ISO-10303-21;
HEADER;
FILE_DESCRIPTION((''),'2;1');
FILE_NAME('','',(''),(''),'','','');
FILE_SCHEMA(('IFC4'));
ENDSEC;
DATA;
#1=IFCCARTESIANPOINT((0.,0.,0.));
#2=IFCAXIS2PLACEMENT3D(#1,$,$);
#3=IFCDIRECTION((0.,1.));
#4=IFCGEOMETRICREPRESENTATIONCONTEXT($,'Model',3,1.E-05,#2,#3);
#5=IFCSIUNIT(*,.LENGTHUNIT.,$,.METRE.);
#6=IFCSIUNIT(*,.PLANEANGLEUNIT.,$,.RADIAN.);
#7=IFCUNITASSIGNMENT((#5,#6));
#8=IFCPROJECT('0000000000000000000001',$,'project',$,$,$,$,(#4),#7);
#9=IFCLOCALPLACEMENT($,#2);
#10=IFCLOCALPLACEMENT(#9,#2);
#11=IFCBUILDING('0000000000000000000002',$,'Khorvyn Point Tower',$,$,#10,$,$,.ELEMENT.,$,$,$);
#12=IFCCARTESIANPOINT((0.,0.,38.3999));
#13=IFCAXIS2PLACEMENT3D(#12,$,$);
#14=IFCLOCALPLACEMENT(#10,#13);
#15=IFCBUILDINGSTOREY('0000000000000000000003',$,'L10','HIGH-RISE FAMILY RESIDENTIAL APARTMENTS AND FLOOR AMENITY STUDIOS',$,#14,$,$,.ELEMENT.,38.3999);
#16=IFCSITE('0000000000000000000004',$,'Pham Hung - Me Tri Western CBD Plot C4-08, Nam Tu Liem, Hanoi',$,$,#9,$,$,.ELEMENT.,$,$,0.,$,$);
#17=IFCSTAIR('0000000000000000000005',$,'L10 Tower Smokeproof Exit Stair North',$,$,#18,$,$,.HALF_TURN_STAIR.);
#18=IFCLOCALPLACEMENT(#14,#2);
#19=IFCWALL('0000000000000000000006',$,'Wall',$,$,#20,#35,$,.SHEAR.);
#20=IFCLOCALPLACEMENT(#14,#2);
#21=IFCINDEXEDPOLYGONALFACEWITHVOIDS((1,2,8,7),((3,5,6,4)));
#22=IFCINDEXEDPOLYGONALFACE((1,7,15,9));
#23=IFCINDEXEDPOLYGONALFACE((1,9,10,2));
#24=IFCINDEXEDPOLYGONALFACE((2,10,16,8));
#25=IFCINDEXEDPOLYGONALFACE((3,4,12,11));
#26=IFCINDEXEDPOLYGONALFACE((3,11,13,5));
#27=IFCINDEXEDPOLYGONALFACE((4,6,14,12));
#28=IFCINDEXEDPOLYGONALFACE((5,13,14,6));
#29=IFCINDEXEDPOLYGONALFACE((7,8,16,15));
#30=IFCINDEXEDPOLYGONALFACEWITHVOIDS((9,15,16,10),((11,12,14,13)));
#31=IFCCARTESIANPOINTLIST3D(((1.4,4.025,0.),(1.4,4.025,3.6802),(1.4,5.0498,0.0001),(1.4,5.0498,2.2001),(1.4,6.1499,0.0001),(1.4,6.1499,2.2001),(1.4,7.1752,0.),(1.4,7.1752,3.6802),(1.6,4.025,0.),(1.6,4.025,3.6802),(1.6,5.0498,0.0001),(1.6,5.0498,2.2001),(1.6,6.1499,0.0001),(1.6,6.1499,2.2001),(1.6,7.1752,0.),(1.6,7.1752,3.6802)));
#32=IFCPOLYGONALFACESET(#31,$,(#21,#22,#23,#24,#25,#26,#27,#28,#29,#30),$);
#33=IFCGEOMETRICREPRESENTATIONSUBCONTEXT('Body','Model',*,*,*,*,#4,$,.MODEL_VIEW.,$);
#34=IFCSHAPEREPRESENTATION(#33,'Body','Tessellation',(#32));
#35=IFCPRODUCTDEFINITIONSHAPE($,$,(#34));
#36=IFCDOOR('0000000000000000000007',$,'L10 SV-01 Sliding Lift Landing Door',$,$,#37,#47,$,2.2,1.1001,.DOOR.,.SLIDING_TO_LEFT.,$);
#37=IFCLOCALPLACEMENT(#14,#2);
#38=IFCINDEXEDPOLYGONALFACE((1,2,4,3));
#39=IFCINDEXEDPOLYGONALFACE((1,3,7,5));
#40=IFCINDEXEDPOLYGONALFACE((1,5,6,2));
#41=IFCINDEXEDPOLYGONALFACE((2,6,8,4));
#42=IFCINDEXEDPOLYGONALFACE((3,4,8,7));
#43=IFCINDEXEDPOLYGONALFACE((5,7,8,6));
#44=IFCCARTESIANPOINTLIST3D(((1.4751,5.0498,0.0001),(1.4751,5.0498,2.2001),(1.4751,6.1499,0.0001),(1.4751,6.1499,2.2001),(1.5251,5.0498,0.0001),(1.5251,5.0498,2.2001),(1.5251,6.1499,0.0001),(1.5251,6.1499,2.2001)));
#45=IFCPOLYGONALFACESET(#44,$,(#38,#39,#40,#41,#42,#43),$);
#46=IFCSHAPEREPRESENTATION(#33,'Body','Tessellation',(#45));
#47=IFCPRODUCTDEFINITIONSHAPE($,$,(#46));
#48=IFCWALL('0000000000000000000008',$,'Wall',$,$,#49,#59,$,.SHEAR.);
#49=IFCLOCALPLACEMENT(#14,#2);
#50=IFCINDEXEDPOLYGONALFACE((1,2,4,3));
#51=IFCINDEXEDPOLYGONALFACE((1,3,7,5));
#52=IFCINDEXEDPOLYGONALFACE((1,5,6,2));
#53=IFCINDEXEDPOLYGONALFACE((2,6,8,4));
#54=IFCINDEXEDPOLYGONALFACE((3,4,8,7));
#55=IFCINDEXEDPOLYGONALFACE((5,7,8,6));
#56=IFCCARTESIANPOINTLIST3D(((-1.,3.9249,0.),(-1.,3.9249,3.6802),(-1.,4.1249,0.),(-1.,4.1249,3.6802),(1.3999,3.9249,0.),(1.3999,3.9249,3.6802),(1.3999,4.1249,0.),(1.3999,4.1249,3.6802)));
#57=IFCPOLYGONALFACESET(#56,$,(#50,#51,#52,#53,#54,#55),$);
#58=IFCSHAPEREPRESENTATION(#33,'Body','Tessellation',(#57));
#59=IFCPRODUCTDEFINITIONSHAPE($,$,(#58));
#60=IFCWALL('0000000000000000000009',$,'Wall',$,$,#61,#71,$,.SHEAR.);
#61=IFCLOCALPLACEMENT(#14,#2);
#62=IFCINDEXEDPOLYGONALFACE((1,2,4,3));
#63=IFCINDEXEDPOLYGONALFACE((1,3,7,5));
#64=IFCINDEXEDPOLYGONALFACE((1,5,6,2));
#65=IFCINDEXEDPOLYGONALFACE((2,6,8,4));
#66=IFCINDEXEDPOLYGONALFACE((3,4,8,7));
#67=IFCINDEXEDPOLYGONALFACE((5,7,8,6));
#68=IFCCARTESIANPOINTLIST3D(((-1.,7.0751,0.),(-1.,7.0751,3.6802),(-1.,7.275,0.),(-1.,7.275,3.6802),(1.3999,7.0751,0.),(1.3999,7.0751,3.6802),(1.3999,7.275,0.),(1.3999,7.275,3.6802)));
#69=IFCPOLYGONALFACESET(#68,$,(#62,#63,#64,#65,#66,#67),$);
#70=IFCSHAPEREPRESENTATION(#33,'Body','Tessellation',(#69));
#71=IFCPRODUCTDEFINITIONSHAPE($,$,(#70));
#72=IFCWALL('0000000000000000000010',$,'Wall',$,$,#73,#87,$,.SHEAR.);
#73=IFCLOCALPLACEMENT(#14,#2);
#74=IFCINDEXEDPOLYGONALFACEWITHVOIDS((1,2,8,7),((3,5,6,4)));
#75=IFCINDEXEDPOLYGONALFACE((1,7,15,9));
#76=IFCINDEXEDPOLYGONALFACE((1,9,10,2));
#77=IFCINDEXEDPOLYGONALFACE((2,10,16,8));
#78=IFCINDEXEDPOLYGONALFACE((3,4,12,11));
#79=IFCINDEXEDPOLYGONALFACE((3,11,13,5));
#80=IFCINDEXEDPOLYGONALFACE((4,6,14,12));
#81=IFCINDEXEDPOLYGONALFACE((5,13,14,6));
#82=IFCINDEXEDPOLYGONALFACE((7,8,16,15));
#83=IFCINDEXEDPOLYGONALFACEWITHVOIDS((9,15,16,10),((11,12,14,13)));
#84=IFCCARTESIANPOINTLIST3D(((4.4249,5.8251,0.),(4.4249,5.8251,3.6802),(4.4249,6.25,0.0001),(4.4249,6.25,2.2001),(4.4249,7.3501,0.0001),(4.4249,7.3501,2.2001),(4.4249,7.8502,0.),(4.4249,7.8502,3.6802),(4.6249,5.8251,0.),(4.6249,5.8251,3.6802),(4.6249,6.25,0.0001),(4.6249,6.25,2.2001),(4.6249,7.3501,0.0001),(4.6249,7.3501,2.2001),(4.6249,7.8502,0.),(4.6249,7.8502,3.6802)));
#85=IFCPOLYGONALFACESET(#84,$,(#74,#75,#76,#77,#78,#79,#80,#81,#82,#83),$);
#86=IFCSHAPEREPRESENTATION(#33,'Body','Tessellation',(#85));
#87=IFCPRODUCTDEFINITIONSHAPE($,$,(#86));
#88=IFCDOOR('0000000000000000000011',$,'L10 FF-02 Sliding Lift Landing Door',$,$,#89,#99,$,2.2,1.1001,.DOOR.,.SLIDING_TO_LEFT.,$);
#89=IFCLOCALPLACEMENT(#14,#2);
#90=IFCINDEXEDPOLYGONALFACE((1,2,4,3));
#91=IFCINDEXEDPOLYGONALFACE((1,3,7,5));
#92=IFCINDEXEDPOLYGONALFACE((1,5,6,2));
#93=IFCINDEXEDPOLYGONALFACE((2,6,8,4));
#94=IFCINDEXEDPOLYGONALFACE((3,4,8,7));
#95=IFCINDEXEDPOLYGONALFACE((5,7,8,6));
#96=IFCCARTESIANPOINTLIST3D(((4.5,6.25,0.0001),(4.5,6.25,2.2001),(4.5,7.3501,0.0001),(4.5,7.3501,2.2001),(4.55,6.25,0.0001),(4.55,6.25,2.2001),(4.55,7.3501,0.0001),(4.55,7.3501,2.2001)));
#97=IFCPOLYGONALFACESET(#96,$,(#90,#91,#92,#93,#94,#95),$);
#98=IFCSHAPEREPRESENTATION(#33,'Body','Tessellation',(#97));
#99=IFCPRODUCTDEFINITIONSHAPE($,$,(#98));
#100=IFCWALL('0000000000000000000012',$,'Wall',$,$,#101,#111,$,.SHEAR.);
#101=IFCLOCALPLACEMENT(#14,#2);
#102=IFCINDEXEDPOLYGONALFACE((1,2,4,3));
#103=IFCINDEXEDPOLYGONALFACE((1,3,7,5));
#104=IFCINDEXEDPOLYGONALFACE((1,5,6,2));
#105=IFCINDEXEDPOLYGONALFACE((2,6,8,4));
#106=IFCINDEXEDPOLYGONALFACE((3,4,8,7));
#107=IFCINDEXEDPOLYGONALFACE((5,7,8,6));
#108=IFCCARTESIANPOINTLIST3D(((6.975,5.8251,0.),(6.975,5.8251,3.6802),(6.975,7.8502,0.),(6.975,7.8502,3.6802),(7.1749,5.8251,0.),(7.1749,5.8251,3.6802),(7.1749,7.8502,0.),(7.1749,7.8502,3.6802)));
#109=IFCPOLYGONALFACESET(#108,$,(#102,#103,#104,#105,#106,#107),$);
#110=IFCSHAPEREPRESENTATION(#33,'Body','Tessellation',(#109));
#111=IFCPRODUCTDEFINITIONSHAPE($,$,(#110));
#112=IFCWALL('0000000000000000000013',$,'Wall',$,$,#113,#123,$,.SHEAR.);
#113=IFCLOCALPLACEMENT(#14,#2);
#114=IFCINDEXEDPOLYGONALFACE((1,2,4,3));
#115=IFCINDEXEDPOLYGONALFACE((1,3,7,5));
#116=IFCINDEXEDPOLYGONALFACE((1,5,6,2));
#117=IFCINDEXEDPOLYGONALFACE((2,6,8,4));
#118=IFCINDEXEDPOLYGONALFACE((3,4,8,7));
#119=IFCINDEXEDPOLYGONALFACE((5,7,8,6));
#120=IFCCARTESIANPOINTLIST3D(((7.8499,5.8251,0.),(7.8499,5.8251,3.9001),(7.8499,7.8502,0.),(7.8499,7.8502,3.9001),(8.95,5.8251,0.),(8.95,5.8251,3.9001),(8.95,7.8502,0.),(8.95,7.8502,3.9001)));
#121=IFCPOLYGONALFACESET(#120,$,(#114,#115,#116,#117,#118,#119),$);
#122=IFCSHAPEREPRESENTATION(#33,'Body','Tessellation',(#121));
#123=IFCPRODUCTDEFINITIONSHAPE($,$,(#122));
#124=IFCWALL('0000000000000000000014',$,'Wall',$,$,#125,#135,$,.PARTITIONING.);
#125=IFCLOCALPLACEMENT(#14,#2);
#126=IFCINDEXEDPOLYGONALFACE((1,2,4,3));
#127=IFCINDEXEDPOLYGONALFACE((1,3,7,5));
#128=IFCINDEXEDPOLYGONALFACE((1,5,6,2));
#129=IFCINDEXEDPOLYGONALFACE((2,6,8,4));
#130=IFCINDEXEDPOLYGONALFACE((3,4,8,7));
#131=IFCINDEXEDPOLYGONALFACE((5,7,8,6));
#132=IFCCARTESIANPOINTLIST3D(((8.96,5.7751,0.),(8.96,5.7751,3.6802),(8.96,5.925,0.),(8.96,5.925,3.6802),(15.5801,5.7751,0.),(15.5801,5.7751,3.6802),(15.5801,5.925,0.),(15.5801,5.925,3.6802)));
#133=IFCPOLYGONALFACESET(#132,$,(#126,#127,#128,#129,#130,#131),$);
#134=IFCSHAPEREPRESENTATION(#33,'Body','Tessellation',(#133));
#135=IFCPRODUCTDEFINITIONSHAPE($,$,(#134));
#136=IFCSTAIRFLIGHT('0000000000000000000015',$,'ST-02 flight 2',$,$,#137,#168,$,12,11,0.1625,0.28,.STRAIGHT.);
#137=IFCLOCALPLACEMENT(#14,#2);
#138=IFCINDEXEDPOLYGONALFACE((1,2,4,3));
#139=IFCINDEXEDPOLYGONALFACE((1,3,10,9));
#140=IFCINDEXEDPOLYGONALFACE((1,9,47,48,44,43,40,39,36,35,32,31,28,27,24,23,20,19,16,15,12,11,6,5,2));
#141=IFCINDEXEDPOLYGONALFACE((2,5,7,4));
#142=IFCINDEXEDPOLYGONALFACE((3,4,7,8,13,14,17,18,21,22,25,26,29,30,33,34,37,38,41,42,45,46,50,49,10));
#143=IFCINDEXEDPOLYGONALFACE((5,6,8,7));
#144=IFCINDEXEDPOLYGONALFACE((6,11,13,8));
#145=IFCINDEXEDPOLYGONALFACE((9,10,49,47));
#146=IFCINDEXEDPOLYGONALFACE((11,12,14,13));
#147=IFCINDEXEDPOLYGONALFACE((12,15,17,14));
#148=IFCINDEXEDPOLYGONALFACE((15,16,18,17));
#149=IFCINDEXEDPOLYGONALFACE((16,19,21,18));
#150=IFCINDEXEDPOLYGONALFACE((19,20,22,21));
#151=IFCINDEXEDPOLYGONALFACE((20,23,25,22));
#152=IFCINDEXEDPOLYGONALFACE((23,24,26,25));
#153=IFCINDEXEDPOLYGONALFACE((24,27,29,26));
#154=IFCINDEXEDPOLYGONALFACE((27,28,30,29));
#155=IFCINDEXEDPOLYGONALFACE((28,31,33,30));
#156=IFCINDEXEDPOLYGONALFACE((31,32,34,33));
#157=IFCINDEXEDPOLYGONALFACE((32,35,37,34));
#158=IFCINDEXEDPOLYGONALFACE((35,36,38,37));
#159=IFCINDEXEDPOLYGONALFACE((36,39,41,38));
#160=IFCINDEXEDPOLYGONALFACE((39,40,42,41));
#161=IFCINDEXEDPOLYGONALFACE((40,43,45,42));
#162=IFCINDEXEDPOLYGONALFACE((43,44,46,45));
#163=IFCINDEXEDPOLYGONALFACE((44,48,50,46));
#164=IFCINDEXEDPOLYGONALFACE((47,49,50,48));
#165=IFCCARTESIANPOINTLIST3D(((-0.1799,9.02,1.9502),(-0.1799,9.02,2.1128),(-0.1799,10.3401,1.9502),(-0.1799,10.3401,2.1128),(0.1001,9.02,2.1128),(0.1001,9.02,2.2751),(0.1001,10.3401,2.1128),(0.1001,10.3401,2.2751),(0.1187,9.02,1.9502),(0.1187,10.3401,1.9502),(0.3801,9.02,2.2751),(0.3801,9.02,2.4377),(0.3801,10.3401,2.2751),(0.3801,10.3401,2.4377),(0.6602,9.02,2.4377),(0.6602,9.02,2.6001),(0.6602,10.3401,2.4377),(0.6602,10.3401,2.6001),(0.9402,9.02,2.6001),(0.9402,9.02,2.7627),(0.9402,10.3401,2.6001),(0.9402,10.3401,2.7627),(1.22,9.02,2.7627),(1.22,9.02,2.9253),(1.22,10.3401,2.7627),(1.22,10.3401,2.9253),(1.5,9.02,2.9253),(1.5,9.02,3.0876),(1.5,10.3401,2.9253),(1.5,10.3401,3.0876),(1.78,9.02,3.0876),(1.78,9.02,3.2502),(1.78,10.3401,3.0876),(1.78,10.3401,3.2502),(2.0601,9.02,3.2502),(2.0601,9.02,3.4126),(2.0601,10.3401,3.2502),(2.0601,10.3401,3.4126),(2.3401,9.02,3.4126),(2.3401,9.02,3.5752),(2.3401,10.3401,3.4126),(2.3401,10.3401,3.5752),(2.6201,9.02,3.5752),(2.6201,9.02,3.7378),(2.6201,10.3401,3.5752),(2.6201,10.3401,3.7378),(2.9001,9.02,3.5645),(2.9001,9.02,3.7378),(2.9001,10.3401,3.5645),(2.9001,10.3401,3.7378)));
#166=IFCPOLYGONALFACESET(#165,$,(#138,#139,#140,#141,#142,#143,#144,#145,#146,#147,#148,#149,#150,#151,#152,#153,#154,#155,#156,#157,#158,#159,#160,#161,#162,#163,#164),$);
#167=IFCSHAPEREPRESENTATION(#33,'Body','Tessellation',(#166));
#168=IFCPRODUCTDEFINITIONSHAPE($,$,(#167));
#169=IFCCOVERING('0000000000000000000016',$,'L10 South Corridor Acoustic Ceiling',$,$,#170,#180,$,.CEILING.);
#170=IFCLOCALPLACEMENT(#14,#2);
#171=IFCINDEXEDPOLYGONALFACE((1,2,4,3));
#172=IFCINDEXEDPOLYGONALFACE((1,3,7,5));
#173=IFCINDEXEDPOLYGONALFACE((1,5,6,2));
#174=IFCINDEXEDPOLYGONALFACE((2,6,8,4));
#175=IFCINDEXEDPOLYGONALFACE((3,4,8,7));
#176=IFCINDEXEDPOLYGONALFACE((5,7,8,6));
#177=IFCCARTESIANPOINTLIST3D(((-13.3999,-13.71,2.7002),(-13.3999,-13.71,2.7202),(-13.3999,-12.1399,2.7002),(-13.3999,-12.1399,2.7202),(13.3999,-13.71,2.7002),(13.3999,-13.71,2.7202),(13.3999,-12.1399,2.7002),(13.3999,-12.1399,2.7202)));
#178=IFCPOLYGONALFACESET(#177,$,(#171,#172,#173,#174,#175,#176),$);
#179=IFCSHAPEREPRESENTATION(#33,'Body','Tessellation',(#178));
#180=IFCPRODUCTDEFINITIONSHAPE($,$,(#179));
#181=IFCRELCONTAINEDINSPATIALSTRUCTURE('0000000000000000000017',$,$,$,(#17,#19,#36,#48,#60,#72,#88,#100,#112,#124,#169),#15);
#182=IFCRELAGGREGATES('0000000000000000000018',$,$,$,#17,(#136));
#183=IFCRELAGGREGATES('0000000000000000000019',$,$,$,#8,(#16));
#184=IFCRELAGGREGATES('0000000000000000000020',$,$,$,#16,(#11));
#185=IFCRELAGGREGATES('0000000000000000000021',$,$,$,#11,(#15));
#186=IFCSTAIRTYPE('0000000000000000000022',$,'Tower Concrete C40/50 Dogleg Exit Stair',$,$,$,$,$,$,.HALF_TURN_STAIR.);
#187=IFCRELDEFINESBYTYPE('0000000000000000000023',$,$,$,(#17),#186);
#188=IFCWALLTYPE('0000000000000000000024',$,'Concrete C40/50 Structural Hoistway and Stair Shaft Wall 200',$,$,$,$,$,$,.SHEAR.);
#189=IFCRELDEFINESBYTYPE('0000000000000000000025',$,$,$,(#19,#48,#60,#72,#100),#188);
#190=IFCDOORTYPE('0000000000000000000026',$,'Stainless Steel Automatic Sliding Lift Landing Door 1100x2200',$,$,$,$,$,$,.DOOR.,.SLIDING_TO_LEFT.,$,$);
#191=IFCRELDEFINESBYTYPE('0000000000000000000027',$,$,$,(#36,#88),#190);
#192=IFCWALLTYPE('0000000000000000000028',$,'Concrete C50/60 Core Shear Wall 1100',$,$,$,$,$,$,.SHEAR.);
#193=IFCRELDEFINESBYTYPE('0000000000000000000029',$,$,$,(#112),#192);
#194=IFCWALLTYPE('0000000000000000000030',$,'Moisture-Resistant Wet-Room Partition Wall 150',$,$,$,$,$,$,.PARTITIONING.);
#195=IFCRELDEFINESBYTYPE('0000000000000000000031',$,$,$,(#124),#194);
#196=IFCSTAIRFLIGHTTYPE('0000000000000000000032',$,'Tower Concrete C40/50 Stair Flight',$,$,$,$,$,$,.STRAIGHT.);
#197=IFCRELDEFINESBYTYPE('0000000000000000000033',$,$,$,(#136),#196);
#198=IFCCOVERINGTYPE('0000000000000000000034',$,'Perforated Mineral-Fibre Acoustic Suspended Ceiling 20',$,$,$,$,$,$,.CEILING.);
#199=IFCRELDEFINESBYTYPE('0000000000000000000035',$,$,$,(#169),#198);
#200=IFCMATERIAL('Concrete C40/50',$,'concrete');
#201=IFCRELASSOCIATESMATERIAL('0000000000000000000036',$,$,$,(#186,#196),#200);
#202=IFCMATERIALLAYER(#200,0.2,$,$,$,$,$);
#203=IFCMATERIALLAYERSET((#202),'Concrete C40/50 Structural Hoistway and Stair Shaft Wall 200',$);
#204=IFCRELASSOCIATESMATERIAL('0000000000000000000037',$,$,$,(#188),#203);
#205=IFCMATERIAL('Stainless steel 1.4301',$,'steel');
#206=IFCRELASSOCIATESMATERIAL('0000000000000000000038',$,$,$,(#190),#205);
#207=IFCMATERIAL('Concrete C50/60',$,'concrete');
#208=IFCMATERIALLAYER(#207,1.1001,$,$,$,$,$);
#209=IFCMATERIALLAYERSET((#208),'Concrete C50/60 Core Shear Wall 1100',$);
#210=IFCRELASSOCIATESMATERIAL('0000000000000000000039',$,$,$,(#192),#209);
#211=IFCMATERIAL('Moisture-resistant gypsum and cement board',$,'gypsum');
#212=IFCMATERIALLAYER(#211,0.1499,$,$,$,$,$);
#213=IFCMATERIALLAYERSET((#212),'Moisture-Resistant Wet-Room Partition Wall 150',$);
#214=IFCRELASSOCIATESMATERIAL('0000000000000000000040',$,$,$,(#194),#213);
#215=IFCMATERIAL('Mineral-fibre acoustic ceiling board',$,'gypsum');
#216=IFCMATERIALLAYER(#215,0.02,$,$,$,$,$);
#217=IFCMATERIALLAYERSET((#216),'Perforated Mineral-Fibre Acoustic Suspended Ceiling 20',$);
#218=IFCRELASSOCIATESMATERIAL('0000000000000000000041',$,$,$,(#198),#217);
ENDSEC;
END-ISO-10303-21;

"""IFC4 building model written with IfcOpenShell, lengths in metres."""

from ifc_helpers import new_model, si_unit, direction, frame, frame_2d, origin, place, context, subcontext, project, spatial, polyline, rectangle, outline, extrude, material, layer, layer_set, type_object, element, fill, aggregate, save


model = new_model("IFC4")

# Units and contexts
model_context = context("Model", 3, precision=1e-05, world=origin(), true_north=direction((0.0, 1.0)))
body_context = subcontext(model_context, "Body", "Model", "MODEL_VIEW")
ifc_project = project(units=[si_unit("LENGTHUNIT", "METRE"), si_unit("PLANEANGLEUNIT", "RADIAN")], contexts=[model_context])

# Site, building, storey
site_placement = place(None, origin())
site = spatial("IfcSite", under=ifc_project, at=site_placement, Name="Pham Hung - Me Tri Western CBD Plot C4-08, Nam Tu Liem, Hanoi", CompositionType="ELEMENT", RefElevation=0.0)
building_placement = place(site_placement, origin())
building = spatial("IfcBuilding", under=site, at=building_placement, Name="Khorvyn Point Tower", CompositionType="ELEMENT")
storey_placement = place(building_placement, frame((0.0, 0.0, 38.3999)))
storey = spatial("IfcBuildingStorey", under=building, at=storey_placement, Name="L10", Description="HIGH-RISE FAMILY RESIDENTIAL APARTMENTS AND FLOOR AMENITY STUDIOS", CompositionType="ELEMENT", Elevation=38.3999)

# Shared definitions
ifc_material_1 = material(Name="Concrete C40/50", Category="concrete")

# Stair
stair_type = type_object("IfcStairType", Name="Tower Concrete C40/50 Dogleg Exit Stair", PredefinedType="HALF_TURN_STAIR", material=ifc_material_1)
stair_1_placement = place(storey_placement, origin())
stair_1 = element("IfcStair", 1, at=stair_1_placement, inside=storey, type_object=stair_type, Name="L10 Tower Smokeproof Exit Stair North", PredefinedType="HALF_TURN_STAIR")

# Shared definitions
ifc_layer_1 = layer(ifc_material_1, 0.2)
ifc_layer_set_1 = layer_set([ifc_layer_1], Name="Concrete C40/50 Structural Hoistway and Stair Shaft Wall 200")
wall_type_1 = type_object("IfcWallType", Name="Concrete C40/50 Structural Hoistway and Stair Shaft Wall 200", PredefinedType="SHEAR", material=ifc_layer_set_1)

# Wall, opening, door
wall_1_placement = place(storey_placement, frame((1.5, 4.0249, 0.0), z_axis=(0.0, 0.0, 1.0), x_axis=(0.0, 1.0, 0.0)))
wall_1 = element("IfcWall", 2, at=wall_1_placement, inside=storey, type_object=wall_type_1, Name="Wall", PredefinedType="SHEAR", context=body_context, shape_type="SweptSolid", body=[
    extrude(rectangle(XDim=3.1501, YDim=0.2, at=frame_2d((1.5752, 0.0))), origin(), (0.0, 0.0, 1.0), 3.6802),
])
opening_1_placement = place(wall_1_placement, frame((1.0249, 0.0, 0.0)))
opening_1 = element("IfcOpeningElement", 3, at=opening_1_placement, cuts=wall_1, PredefinedType="OPENING", context=body_context, shape_type="SweptSolid", body=[
    extrude(rectangle(XDim=1.1001, YDim=2.2, at=frame_2d((0.55, 1.1001))), frame((0.0, 0.1099, 0.0), z_axis=(0.0, -1.0, 0.0), x_axis=(1.0, 0.0, 0.0)), (0.0, 0.0, 1.0), 0.22),
])
ifc_material_2 = material(Name="Stainless steel 1.4301", Category="steel")
door_type_1 = type_object("IfcDoorType", Name="Stainless Steel Automatic Sliding Lift Landing Door 1100x2200", OperationType="SLIDING_TO_LEFT", PredefinedType="DOOR", material=ifc_material_2)
door_1_placement = place(opening_1_placement, origin())
door_1 = element("IfcDoor", 4, at=door_1_placement, inside=storey, type_object=door_type_1, Name="L10 SV-01 Sliding Lift Landing Door", OperationType="SLIDING_TO_LEFT", OverallHeight=2.2, OverallWidth=1.1001, PredefinedType="DOOR", context=body_context, shape_type="SweptSolid", body=[
    extrude(rectangle(XDim=1.1001, YDim=2.2, at=frame_2d((0.55, 1.1001))), frame((0.0, 0.0249, 0.0), z_axis=(0.0, -1.0, 0.0), x_axis=(1.0, 0.0, 0.0)), (0.0, 0.0, 1.0), 0.05),
])
fill(opening_1, door_1)

# Walls
for number, where, z_axis, x_axis, name in (
    (5, (-1.0, 4.0249, 0.0), (0.0, 0.0, 1.0), (1.0, 0.0, 0.0), "Wall"),
    (6, (-1.0, 7.175, 0.0), (0.0, 0.0, 1.0), (1.0, 0.0, 0.0), "Wall"),
):
    element("IfcWall", number, at=place(storey_placement, frame(where, z_axis=z_axis, x_axis=x_axis)), inside=storey, type_object=wall_type_1, Name=name, PredefinedType="SHEAR", context=body_context, shape_type="SweptSolid", body=[
        extrude(rectangle(XDim=2.3999, YDim=0.2, at=frame_2d((1.2, 0.0))), origin(), (0.0, 0.0, 1.0), 3.6802),
    ])

# Wall, opening, door
wall_2_placement = place(storey_placement, frame((4.5249, 5.825, 0.0), z_axis=(0.0, 0.0, 1.0), x_axis=(0.0, 1.0, 0.0)))
wall_2 = element("IfcWall", 7, at=wall_2_placement, inside=storey, type_object=wall_type_1, Name="Wall", PredefinedType="SHEAR", context=body_context, shape_type="SweptSolid", body=[
    extrude(rectangle(XDim=2.0251, YDim=0.2, at=frame_2d((1.0127, 0.0))), origin(), (0.0, 0.0, 1.0), 3.6802),
])
opening_2_placement = place(wall_2_placement, frame((0.425, 0.0, 0.0)))
opening_2 = element("IfcOpeningElement", 8, at=opening_2_placement, cuts=wall_2, PredefinedType="OPENING", context=body_context, shape_type="SweptSolid", body=[
    extrude(rectangle(XDim=1.1001, YDim=2.2, at=frame_2d((0.55, 1.1001))), frame((0.0, 0.1099, 0.0), z_axis=(0.0, -1.0, 0.0), x_axis=(1.0, 0.0, 0.0)), (0.0, 0.0, 1.0), 0.22),
])
door_2_placement = place(opening_2_placement, origin())
door_2 = element("IfcDoor", 9, at=door_2_placement, inside=storey, type_object=door_type_1, Name="L10 FF-02 Sliding Lift Landing Door", OperationType="SLIDING_TO_LEFT", OverallHeight=2.2, OverallWidth=1.1001, PredefinedType="DOOR", context=body_context, shape_type="SweptSolid", body=[
    extrude(rectangle(XDim=1.1001, YDim=2.2, at=frame_2d((0.55, 1.1001))), frame((0.0, 0.0249, 0.0), z_axis=(0.0, -1.0, 0.0), x_axis=(1.0, 0.0, 0.0)), (0.0, 0.0, 1.0), 0.05),
])
fill(opening_2, door_2)

# Walls
wall_3_placement = place(storey_placement, frame((7.075, 5.825, 0.0), z_axis=(0.0, 0.0, 1.0), x_axis=(0.0, 1.0, 0.0)))
element("IfcWall", 10, at=wall_3_placement, inside=storey, type_object=wall_type_1, Name="Wall", PredefinedType="SHEAR", context=body_context, shape_type="SweptSolid", body=[
    extrude(rectangle(XDim=2.0251, YDim=0.2, at=frame_2d((1.0127, 0.0))), origin(), (0.0, 0.0, 1.0), 3.6802),
])
ifc_material_3 = material(Name="Concrete C50/60", Category="concrete")
ifc_layer_2 = layer(ifc_material_3, 1.1001)
ifc_layer_set_2 = layer_set([ifc_layer_2], Name="Concrete C50/60 Core Shear Wall 1100")
wall_type_2 = type_object("IfcWallType", Name="Concrete C50/60 Core Shear Wall 1100", PredefinedType="SHEAR", material=ifc_layer_set_2)
wall_4_placement = place(storey_placement, frame((8.3999, 5.825, 0.0), z_axis=(0.0, 0.0, 1.0), x_axis=(0.0, 1.0, 0.0)))
element("IfcWall", 11, at=wall_4_placement, inside=storey, type_object=wall_type_2, Name="Wall", PredefinedType="SHEAR", context=body_context, shape_type="SweptSolid", body=[
    extrude(rectangle(XDim=2.0251, YDim=1.1001, at=frame_2d((1.0127, 0.0))), origin(), (0.0, 0.0, 1.0), 3.9001),
])
ifc_material_4 = material(Name="Moisture-resistant gypsum and cement board", Category="gypsum")
ifc_layer_3 = layer(ifc_material_4, 0.1499)
ifc_layer_set_3 = layer_set([ifc_layer_3], Name="Moisture-Resistant Wet-Room Partition Wall 150")
wall_type_3 = type_object("IfcWallType", Name="Moisture-Resistant Wet-Room Partition Wall 150", PredefinedType="PARTITIONING", material=ifc_layer_set_3)
wall_5_placement = place(storey_placement, frame((8.96, 5.8501, 0.0), z_axis=(0.0, 0.0, 1.0), x_axis=(1.0, 0.0, 0.0)))
element("IfcWall", 12, at=wall_5_placement, inside=storey, type_object=wall_type_3, Name="Wall", PredefinedType="PARTITIONING", context=body_context, shape_type="SweptSolid", body=[
    extrude(rectangle(XDim=6.6201, YDim=0.1499, at=frame_2d((3.3101, 0.0))), origin(), (0.0, 0.0, 1.0), 3.6802),
])

# Stair flight
stair_flight_type = type_object("IfcStairFlightType", Name="Tower Concrete C40/50 Stair Flight", PredefinedType="STRAIGHT", material=ifc_material_1)
stair_flight_placement = place(storey_placement, frame((-0.1799, 9.6799, 1.9502), z_axis=(0.0, 0.0, 1.0), x_axis=(1.0, 0.0, 0.0)))
stair_flight = element("IfcStairFlight", 13, at=stair_flight_placement, type_object=stair_flight_type, Name="ST-02 flight 2", NumberOfRisers=12, NumberOfTreads=11, PredefinedType="STRAIGHT", RiserHeight=0.1625, TreadLength=0.28, context=body_context, shape_type="SweptSolid", body=[
    extrude(outline(polyline([(0.0, 0.0), (0.0, 0.1626), (0.28, 0.1626), (0.28, 0.325), (0.5601, 0.325), (0.5601, 0.4875), (0.8401, 0.4875), (0.8401, 0.6499), (1.1201, 0.6499), (1.1201, 0.8125), (1.3999, 0.8125), (1.3999, 0.9751), (1.6799, 0.9751), (1.6799, 1.1375), (1.96, 1.1375), (1.96, 1.3), (2.24, 1.3), (2.24, 1.4624), (2.52, 1.4624), (2.52, 1.625), (2.8, 1.625), (2.8, 1.7876), (3.0801, 1.7876), (3.0801, 1.95), (3.0801, 1.6143), (0.2986, 0.0), (0.0, 0.0)])), frame((0.0, 0.6602, 0.0), z_axis=(0.0, -1.0, 0.0), x_axis=(1.0, 0.0, 0.0)), (0.0, 0.0, 1.0), 1.3201),
])
aggregate(stair_1, [stair_flight])

# Covering
ifc_material_5 = material(Name="Mineral-fibre acoustic ceiling board", Category="gypsum")
ifc_layer_4 = layer(ifc_material_5, 0.02)
ifc_layer_set_4 = layer_set([ifc_layer_4], Name="Perforated Mineral-Fibre Acoustic Suspended Ceiling 20")
covering_type_1 = type_object("IfcCoveringType", Name="Perforated Mineral-Fibre Acoustic Suspended Ceiling 20", PredefinedType="CEILING", material=ifc_layer_set_4)
covering_1_placement = place(storey_placement, frame((0.0, 0.0, 2.7002)))
element("IfcCovering", 14, at=covering_1_placement, inside=storey, type_object=covering_type_1, Name="L10 South Corridor Acoustic Ceiling", PredefinedType="CEILING", context=body_context, shape_type="SweptSolid", body=[
    extrude(outline(polyline([(-13.3999, -13.71), (13.3999, -13.71), (13.3999, -12.1399), (-13.3999, -12.1399), (-13.3999, -13.71)])), origin(), (0.0, 0.0, 1.0), 0.02),
])

save(model, "model.ifc")
